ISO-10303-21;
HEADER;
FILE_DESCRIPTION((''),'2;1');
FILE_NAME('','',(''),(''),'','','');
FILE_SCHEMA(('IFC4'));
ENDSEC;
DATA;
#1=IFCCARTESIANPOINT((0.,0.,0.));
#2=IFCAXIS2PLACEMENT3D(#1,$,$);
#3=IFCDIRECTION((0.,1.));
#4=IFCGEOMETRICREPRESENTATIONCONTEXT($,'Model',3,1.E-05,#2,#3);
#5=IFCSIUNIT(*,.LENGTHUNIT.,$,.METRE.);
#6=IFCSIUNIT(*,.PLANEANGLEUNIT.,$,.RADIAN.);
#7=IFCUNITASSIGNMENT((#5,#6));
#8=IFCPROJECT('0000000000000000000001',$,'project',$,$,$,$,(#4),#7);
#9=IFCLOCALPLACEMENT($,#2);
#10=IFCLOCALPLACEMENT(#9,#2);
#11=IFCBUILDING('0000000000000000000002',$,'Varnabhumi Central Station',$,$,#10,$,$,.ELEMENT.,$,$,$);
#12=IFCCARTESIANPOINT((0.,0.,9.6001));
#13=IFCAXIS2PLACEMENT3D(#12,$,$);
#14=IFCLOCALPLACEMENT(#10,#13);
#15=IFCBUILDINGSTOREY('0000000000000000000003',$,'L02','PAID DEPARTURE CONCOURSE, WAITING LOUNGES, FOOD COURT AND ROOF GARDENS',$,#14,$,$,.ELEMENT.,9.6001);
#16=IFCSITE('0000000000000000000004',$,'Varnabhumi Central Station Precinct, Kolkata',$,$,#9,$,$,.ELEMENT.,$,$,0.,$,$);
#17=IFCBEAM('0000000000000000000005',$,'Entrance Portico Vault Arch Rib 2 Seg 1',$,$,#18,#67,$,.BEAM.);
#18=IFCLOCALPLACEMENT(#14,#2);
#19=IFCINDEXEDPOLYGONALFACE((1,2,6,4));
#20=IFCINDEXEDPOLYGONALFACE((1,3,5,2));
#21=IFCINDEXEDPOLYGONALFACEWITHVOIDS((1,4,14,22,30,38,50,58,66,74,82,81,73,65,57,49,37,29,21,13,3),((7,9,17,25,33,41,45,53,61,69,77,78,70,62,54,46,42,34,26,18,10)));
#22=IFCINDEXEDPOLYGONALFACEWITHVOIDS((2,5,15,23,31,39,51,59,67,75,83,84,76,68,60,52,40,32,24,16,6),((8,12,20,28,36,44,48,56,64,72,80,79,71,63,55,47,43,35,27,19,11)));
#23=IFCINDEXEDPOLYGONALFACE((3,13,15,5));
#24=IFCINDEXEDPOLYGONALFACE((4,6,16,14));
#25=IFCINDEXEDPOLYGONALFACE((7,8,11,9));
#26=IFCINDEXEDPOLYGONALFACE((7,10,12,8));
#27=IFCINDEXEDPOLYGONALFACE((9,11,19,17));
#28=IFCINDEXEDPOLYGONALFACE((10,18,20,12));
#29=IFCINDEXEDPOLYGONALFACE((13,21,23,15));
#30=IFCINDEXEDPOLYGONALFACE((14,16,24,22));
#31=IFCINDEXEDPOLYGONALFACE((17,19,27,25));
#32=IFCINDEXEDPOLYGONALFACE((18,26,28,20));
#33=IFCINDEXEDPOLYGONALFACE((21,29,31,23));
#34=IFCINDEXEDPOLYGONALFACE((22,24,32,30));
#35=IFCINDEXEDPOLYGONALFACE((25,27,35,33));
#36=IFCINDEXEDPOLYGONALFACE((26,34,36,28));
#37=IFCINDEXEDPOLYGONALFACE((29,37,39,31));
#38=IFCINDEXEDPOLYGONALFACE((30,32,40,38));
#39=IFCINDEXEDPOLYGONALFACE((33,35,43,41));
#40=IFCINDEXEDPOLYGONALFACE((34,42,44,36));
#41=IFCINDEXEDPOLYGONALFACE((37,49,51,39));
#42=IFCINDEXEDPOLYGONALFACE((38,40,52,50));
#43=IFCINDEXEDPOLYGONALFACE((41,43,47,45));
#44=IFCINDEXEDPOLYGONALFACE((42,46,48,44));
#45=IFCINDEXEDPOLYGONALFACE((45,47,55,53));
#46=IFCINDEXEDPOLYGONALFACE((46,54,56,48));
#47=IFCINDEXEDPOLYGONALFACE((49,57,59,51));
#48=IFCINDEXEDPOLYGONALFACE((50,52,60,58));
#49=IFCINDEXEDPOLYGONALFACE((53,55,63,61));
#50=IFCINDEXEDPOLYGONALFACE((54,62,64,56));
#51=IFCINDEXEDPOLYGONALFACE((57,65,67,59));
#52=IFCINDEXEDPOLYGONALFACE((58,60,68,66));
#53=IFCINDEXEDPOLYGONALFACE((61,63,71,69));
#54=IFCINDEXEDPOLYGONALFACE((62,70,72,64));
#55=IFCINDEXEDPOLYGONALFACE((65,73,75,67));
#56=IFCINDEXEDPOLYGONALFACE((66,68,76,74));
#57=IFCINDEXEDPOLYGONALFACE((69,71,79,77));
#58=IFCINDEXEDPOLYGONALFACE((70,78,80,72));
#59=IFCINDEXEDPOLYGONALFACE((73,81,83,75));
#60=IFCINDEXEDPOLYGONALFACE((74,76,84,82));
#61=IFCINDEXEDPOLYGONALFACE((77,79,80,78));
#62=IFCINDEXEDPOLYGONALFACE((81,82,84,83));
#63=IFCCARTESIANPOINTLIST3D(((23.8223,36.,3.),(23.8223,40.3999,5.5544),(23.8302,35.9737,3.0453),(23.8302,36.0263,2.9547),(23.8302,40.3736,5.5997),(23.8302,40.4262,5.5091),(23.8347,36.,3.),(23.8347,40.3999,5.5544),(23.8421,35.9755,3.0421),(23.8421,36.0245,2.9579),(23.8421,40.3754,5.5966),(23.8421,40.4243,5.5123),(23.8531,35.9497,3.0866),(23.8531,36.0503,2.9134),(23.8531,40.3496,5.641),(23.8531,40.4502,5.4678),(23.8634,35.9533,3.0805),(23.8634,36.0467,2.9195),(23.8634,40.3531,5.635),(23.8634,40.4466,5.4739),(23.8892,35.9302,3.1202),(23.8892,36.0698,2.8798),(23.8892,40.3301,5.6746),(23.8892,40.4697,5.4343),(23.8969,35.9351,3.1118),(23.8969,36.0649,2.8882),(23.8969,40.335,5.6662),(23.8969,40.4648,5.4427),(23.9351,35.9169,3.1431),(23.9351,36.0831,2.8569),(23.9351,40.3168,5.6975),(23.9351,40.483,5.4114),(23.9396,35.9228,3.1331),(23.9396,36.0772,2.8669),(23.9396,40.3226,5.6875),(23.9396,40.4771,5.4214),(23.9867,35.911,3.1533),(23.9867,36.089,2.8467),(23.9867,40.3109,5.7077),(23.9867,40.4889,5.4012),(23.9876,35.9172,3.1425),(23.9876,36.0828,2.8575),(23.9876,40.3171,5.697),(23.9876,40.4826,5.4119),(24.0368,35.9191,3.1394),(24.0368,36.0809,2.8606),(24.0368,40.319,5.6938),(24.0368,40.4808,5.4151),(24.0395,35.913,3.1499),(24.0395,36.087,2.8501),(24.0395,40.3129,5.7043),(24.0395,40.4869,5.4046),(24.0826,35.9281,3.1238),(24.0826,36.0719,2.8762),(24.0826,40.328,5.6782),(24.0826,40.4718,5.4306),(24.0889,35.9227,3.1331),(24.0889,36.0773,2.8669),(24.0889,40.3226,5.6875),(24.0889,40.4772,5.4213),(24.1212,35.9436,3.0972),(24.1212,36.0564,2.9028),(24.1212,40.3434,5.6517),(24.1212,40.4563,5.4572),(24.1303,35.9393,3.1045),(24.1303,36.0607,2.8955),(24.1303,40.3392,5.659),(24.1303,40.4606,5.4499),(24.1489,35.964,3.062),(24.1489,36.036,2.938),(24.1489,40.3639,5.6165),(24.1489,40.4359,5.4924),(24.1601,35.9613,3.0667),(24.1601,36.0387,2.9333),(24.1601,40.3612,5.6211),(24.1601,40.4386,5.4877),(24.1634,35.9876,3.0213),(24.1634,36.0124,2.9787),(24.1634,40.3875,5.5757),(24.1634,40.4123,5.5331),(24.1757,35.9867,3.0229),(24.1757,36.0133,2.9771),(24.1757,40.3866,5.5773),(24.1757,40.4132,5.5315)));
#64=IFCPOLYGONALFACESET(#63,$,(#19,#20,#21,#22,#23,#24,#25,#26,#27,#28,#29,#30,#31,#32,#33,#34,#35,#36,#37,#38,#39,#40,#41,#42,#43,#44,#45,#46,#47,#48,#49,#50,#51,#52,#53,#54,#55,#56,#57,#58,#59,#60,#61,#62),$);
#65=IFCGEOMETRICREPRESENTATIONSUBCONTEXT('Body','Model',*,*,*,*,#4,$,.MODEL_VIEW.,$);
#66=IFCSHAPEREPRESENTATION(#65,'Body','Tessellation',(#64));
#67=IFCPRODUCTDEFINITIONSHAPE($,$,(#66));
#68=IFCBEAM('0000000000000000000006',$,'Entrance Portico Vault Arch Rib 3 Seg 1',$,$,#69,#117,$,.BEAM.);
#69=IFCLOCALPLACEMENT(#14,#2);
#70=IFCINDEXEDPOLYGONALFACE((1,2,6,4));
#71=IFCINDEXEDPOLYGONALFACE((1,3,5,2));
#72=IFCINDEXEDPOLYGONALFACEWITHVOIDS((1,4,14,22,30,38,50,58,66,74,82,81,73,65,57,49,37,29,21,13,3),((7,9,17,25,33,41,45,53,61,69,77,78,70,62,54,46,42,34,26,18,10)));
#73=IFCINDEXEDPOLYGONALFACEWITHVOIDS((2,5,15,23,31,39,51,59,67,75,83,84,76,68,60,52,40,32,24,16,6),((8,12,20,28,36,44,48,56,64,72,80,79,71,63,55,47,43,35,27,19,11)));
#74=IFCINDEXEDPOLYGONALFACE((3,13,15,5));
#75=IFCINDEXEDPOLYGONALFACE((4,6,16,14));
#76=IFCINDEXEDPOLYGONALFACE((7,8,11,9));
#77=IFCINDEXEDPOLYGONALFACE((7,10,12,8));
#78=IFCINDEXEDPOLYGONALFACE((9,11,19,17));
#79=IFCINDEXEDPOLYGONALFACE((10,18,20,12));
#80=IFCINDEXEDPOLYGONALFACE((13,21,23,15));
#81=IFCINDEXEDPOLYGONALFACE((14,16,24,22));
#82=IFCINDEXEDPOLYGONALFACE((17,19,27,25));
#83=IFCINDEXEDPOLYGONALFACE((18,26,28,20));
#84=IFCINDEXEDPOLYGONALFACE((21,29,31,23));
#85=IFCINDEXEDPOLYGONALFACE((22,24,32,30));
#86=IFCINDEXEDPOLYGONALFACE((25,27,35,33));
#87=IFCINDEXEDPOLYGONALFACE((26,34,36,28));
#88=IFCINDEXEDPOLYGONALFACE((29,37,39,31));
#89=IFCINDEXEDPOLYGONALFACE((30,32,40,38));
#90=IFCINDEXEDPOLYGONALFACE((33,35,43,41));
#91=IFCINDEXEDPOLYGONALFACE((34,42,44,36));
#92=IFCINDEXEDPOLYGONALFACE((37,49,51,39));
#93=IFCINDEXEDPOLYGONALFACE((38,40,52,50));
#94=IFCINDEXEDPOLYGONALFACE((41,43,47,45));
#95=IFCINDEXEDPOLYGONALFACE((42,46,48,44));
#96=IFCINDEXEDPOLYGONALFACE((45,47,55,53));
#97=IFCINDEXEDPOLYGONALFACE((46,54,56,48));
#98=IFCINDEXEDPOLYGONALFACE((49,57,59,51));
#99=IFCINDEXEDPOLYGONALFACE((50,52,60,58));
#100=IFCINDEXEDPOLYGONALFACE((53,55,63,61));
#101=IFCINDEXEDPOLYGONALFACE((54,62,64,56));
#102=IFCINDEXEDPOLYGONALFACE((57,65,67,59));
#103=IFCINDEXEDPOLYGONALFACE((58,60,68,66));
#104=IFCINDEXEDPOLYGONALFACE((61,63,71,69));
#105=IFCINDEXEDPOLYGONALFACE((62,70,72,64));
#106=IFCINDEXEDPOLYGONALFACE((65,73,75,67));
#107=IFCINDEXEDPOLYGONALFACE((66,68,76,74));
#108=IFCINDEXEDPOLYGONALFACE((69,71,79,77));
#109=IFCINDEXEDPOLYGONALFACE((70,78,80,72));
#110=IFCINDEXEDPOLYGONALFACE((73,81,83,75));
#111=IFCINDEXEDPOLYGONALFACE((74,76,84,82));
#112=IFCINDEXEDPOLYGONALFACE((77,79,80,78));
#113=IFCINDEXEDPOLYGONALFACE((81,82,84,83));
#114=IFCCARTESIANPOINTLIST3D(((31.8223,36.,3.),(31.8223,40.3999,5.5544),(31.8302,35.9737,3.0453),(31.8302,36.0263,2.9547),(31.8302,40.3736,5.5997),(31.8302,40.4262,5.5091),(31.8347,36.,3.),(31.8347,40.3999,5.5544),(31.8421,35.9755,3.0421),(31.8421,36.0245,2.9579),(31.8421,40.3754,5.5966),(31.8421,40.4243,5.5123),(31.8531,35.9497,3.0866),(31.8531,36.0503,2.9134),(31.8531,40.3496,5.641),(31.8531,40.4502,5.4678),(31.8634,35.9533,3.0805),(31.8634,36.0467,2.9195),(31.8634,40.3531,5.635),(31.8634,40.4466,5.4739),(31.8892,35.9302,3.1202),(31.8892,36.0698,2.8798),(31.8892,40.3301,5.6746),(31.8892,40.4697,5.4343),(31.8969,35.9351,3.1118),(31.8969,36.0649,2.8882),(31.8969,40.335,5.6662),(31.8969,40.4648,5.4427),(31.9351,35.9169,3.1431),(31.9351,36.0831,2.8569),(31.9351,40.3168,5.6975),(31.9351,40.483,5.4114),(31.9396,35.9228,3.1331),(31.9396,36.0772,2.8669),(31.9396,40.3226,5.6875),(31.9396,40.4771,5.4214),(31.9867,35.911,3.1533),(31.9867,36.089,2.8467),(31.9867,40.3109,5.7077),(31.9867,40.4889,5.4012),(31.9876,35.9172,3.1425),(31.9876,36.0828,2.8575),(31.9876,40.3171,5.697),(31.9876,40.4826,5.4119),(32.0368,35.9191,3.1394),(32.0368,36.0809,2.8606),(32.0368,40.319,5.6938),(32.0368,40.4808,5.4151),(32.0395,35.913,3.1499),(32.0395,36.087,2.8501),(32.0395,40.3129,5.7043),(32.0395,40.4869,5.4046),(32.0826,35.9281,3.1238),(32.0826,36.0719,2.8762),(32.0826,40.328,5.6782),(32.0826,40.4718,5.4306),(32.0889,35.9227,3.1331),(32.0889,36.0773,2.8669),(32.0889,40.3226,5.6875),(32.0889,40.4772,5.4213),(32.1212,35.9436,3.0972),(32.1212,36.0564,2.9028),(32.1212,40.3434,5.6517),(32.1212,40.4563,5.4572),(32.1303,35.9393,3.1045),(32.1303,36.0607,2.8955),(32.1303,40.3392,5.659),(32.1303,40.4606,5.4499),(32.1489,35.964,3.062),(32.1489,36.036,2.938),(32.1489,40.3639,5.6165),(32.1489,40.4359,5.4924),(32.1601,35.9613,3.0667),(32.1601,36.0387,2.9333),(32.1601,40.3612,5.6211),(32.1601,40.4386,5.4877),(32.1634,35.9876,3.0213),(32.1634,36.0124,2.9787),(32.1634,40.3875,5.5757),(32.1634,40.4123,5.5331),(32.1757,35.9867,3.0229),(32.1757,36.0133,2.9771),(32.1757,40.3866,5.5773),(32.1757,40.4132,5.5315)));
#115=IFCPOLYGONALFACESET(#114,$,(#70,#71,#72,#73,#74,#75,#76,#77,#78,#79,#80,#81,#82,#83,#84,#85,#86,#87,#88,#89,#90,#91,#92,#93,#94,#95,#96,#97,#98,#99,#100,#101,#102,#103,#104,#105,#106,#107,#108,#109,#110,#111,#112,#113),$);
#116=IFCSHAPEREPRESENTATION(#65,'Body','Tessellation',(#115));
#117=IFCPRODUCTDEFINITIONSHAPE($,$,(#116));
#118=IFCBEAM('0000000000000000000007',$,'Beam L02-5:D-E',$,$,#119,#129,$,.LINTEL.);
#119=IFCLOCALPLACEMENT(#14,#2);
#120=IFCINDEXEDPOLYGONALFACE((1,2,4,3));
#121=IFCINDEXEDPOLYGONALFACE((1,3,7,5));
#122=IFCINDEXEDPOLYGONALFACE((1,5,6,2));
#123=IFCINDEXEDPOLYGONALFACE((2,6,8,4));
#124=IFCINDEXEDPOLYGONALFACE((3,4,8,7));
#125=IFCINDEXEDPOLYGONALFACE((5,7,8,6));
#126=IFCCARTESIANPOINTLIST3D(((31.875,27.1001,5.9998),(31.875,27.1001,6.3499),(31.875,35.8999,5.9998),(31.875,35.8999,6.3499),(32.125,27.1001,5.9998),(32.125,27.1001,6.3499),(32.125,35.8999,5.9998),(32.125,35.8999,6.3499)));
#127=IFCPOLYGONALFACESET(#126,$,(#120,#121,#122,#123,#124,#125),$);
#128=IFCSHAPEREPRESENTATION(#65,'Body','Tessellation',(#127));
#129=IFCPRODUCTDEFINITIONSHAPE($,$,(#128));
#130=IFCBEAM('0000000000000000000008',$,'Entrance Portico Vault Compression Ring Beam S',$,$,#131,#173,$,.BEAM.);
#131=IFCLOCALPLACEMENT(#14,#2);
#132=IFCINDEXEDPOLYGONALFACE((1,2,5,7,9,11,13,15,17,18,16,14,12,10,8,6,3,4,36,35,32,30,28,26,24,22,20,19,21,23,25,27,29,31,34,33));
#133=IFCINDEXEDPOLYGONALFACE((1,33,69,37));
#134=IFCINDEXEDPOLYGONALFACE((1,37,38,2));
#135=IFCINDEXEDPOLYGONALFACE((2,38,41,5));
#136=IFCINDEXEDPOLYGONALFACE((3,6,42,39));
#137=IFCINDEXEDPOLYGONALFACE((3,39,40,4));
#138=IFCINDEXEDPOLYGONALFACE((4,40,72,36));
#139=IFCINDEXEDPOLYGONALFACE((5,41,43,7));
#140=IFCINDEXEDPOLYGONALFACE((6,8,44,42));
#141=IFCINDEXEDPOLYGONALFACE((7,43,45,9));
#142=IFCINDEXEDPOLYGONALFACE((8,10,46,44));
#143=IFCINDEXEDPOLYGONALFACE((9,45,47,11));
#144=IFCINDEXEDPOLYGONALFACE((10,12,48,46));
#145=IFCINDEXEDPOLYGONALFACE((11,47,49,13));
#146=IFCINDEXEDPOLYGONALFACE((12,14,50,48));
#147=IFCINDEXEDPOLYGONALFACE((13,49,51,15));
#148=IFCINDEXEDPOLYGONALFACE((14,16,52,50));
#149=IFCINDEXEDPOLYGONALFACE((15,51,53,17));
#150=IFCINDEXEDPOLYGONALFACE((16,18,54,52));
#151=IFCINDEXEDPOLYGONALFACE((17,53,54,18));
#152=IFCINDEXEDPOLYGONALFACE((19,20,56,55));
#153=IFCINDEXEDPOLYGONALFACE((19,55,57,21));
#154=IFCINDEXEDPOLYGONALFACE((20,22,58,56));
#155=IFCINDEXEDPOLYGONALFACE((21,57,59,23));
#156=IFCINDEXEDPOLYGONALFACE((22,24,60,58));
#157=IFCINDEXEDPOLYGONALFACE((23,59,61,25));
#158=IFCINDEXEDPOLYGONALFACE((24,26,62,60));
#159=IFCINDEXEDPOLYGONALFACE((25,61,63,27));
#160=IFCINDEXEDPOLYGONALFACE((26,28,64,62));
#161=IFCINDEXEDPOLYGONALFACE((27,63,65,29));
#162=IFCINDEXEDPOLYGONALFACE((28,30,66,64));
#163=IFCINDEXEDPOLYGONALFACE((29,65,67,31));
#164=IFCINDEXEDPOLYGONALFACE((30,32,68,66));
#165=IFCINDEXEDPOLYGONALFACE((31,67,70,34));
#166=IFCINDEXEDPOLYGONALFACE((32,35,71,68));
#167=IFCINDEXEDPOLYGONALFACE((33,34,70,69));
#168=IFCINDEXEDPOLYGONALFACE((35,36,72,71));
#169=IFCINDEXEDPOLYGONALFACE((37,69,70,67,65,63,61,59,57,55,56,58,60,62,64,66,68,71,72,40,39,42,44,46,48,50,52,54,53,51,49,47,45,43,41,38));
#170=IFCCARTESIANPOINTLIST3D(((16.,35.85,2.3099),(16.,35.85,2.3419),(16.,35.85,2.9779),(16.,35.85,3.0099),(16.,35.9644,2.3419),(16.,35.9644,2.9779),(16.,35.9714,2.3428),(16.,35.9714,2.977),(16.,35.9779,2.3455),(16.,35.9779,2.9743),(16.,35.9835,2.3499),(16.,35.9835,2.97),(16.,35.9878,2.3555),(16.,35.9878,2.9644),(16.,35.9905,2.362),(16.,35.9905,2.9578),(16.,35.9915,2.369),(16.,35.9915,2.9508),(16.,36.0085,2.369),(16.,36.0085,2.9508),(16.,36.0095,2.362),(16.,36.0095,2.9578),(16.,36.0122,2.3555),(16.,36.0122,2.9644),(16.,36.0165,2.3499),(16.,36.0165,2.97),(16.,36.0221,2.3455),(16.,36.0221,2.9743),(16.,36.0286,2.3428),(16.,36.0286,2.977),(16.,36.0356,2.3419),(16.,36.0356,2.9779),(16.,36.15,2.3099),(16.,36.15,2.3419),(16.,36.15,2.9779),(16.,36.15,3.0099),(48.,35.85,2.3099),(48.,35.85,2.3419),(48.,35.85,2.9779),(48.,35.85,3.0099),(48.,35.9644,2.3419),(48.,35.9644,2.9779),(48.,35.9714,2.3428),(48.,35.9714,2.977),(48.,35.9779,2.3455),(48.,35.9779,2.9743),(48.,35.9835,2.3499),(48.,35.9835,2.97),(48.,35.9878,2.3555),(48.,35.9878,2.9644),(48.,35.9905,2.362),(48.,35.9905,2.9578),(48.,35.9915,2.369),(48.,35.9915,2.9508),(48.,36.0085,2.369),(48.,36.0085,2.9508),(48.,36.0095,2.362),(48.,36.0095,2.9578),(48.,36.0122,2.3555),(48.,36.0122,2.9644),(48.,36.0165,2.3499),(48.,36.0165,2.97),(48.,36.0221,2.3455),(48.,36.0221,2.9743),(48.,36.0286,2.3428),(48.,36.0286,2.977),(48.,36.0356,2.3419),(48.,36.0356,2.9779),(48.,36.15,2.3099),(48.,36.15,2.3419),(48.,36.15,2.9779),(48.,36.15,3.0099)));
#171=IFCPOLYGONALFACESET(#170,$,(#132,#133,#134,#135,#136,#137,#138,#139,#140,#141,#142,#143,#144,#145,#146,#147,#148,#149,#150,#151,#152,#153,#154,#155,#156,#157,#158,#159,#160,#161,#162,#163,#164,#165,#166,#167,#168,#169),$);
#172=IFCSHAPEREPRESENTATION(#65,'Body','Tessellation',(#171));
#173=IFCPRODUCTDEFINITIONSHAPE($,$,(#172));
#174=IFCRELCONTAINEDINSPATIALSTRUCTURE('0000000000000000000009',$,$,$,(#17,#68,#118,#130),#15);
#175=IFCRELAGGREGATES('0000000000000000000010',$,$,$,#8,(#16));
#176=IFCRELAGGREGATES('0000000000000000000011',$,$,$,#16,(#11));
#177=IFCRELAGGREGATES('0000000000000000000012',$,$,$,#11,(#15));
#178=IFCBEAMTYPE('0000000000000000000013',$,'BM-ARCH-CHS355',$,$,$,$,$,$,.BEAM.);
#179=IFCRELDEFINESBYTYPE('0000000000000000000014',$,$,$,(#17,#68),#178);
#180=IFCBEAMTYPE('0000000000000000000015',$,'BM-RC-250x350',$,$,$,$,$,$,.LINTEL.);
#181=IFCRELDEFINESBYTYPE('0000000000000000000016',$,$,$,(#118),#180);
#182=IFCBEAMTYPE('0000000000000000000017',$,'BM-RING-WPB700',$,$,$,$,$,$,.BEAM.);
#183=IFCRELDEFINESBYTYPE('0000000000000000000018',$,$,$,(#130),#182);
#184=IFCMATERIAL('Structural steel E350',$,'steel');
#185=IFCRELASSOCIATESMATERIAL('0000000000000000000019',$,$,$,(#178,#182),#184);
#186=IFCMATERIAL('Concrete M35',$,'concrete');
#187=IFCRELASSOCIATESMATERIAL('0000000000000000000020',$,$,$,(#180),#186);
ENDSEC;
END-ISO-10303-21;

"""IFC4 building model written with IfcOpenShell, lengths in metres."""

from ifc_helpers import new_model, si_unit, direction, frame, origin, origin_2d, place, context, subcontext, project, spatial, rectangle, hollow_circle, i_section, extrude, material, material_profile, profile_set, type_object, element, save


model = new_model("IFC4")

# Units and contexts
model_context = context("Model", 3, precision=1e-05, world=origin(), true_north=direction((0.0, 1.0)))
body_context = subcontext(model_context, "Body", "Model", "MODEL_VIEW")
ifc_project = project(units=[si_unit("LENGTHUNIT", "METRE"), si_unit("PLANEANGLEUNIT", "RADIAN")], contexts=[model_context])

# Site, building, storey
site_placement = place(None, origin())
site = spatial("IfcSite", under=ifc_project, at=site_placement, Name="Varnabhumi Central Station Precinct, Kolkata", CompositionType="ELEMENT", RefElevation=0.0)
building_placement = place(site_placement, origin())
building = spatial("IfcBuilding", under=site, at=building_placement, Name="Varnabhumi Central Station", CompositionType="ELEMENT")
storey_placement = place(building_placement, frame((0.0, 0.0, 9.6001)))
storey = spatial("IfcBuildingStorey", under=building, at=storey_placement, Name="L02", Description="PAID DEPARTURE CONCOURSE, WAITING LOUNGES, FOOD COURT AND ROOF GARDENS", CompositionType="ELEMENT", Elevation=9.6001)

# Shared definitions
ifc_material_1 = material(Name="Structural steel E350", Category="steel")

# Beams
ifc_material_profile_1 = material_profile(ifc_material_1, hollow_circle(Radius=0.1777, WallThickness=0.0125, at=origin_2d()), Name="Structural steel E350", Category="steel")
ifc_profile_set_1 = profile_set([ifc_material_profile_1], Name="Structural steel E350")
beam_type_1 = type_object("IfcBeamType", Name="BM-ARCH-CHS355", PredefinedType="BEAM", material=ifc_profile_set_1)
for number, where, z_axis, x_axis, name in (
    (1, (24.0, 36.0, 3.0), (0.0, 0.864818, 0.502086), (-1.0, 0.0, 0.0), "Entrance Portico Vault Arch Rib 2 Seg 1"),
    (2, (32.0, 36.0, 3.0), (0.0, 0.864818, 0.502086), (-1.0, 0.0, 0.0), "Entrance Portico Vault Arch Rib 3 Seg 1"),
):
    element("IfcBeam", number, at=place(storey_placement, frame(where, z_axis=z_axis, x_axis=x_axis)), inside=storey, type_object=beam_type_1, Name=name, PredefinedType="BEAM", context=body_context, shape_type="SweptSolid", body=[
        extrude(hollow_circle(Radius=0.1777, WallThickness=0.0125, at=origin_2d()), origin(), (0.0, 0.0, 1.0), 5.0876),
    ])
ifc_material_2 = material(Name="Concrete M35", Category="concrete")
ifc_material_profile_2 = material_profile(ifc_material_2, rectangle(XDim=0.25, YDim=0.3501, at=origin_2d()), Name="Concrete M35", Category="concrete")
ifc_profile_set_2 = profile_set([ifc_material_profile_2], Name="Concrete M35")
beam_type_2 = type_object("IfcBeamType", Name="BM-RC-250x350", PredefinedType="LINTEL", material=ifc_profile_set_2)
beam_1_placement = place(storey_placement, frame((32.0, 27.1001, 6.1748), z_axis=(0.0, 1.0, 0.0), x_axis=(-1.0, 0.0, 0.0)))
element("IfcBeam", 3, at=beam_1_placement, inside=storey, type_object=beam_type_2, Name="Beam L02-5:D-E", PredefinedType="LINTEL", context=body_context, shape_type="SweptSolid", body=[
    extrude(rectangle(XDim=0.25, YDim=0.3501, at=origin_2d()), origin(), (0.0, 0.0, 1.0), 8.7998),
])
ifc_material_profile_3 = material_profile(ifc_material_1, i_section(OverallWidth=0.3, OverallDepth=0.7, WebThickness=0.0171, FlangeThickness=0.032, FilletRadius=0.0271, at=origin_2d()), Name="Structural steel E350", Category="steel")
ifc_profile_set_3 = profile_set([ifc_material_profile_3], Name="Structural steel E350")
beam_type_3 = type_object("IfcBeamType", Name="BM-RING-WPB700", PredefinedType="BEAM", material=ifc_profile_set_3)
beam_2_placement = place(storey_placement, frame((16.0, 36.0, 2.6599), z_axis=(1.0, 0.0, 0.0), x_axis=(0.0, 1.0, 0.0)))
element("IfcBeam", 4, at=beam_2_placement, inside=storey, type_object=beam_type_3, Name="Entrance Portico Vault Compression Ring Beam S", PredefinedType="BEAM", context=body_context, shape_type="SweptSolid", body=[
    extrude(i_section(OverallWidth=0.3, OverallDepth=0.7, WebThickness=0.0171, FlangeThickness=0.032, FilletRadius=0.0271, at=origin_2d()), origin(), (0.0, 0.0, 1.0), 32.0),
])

save(model, "model.ifc")
